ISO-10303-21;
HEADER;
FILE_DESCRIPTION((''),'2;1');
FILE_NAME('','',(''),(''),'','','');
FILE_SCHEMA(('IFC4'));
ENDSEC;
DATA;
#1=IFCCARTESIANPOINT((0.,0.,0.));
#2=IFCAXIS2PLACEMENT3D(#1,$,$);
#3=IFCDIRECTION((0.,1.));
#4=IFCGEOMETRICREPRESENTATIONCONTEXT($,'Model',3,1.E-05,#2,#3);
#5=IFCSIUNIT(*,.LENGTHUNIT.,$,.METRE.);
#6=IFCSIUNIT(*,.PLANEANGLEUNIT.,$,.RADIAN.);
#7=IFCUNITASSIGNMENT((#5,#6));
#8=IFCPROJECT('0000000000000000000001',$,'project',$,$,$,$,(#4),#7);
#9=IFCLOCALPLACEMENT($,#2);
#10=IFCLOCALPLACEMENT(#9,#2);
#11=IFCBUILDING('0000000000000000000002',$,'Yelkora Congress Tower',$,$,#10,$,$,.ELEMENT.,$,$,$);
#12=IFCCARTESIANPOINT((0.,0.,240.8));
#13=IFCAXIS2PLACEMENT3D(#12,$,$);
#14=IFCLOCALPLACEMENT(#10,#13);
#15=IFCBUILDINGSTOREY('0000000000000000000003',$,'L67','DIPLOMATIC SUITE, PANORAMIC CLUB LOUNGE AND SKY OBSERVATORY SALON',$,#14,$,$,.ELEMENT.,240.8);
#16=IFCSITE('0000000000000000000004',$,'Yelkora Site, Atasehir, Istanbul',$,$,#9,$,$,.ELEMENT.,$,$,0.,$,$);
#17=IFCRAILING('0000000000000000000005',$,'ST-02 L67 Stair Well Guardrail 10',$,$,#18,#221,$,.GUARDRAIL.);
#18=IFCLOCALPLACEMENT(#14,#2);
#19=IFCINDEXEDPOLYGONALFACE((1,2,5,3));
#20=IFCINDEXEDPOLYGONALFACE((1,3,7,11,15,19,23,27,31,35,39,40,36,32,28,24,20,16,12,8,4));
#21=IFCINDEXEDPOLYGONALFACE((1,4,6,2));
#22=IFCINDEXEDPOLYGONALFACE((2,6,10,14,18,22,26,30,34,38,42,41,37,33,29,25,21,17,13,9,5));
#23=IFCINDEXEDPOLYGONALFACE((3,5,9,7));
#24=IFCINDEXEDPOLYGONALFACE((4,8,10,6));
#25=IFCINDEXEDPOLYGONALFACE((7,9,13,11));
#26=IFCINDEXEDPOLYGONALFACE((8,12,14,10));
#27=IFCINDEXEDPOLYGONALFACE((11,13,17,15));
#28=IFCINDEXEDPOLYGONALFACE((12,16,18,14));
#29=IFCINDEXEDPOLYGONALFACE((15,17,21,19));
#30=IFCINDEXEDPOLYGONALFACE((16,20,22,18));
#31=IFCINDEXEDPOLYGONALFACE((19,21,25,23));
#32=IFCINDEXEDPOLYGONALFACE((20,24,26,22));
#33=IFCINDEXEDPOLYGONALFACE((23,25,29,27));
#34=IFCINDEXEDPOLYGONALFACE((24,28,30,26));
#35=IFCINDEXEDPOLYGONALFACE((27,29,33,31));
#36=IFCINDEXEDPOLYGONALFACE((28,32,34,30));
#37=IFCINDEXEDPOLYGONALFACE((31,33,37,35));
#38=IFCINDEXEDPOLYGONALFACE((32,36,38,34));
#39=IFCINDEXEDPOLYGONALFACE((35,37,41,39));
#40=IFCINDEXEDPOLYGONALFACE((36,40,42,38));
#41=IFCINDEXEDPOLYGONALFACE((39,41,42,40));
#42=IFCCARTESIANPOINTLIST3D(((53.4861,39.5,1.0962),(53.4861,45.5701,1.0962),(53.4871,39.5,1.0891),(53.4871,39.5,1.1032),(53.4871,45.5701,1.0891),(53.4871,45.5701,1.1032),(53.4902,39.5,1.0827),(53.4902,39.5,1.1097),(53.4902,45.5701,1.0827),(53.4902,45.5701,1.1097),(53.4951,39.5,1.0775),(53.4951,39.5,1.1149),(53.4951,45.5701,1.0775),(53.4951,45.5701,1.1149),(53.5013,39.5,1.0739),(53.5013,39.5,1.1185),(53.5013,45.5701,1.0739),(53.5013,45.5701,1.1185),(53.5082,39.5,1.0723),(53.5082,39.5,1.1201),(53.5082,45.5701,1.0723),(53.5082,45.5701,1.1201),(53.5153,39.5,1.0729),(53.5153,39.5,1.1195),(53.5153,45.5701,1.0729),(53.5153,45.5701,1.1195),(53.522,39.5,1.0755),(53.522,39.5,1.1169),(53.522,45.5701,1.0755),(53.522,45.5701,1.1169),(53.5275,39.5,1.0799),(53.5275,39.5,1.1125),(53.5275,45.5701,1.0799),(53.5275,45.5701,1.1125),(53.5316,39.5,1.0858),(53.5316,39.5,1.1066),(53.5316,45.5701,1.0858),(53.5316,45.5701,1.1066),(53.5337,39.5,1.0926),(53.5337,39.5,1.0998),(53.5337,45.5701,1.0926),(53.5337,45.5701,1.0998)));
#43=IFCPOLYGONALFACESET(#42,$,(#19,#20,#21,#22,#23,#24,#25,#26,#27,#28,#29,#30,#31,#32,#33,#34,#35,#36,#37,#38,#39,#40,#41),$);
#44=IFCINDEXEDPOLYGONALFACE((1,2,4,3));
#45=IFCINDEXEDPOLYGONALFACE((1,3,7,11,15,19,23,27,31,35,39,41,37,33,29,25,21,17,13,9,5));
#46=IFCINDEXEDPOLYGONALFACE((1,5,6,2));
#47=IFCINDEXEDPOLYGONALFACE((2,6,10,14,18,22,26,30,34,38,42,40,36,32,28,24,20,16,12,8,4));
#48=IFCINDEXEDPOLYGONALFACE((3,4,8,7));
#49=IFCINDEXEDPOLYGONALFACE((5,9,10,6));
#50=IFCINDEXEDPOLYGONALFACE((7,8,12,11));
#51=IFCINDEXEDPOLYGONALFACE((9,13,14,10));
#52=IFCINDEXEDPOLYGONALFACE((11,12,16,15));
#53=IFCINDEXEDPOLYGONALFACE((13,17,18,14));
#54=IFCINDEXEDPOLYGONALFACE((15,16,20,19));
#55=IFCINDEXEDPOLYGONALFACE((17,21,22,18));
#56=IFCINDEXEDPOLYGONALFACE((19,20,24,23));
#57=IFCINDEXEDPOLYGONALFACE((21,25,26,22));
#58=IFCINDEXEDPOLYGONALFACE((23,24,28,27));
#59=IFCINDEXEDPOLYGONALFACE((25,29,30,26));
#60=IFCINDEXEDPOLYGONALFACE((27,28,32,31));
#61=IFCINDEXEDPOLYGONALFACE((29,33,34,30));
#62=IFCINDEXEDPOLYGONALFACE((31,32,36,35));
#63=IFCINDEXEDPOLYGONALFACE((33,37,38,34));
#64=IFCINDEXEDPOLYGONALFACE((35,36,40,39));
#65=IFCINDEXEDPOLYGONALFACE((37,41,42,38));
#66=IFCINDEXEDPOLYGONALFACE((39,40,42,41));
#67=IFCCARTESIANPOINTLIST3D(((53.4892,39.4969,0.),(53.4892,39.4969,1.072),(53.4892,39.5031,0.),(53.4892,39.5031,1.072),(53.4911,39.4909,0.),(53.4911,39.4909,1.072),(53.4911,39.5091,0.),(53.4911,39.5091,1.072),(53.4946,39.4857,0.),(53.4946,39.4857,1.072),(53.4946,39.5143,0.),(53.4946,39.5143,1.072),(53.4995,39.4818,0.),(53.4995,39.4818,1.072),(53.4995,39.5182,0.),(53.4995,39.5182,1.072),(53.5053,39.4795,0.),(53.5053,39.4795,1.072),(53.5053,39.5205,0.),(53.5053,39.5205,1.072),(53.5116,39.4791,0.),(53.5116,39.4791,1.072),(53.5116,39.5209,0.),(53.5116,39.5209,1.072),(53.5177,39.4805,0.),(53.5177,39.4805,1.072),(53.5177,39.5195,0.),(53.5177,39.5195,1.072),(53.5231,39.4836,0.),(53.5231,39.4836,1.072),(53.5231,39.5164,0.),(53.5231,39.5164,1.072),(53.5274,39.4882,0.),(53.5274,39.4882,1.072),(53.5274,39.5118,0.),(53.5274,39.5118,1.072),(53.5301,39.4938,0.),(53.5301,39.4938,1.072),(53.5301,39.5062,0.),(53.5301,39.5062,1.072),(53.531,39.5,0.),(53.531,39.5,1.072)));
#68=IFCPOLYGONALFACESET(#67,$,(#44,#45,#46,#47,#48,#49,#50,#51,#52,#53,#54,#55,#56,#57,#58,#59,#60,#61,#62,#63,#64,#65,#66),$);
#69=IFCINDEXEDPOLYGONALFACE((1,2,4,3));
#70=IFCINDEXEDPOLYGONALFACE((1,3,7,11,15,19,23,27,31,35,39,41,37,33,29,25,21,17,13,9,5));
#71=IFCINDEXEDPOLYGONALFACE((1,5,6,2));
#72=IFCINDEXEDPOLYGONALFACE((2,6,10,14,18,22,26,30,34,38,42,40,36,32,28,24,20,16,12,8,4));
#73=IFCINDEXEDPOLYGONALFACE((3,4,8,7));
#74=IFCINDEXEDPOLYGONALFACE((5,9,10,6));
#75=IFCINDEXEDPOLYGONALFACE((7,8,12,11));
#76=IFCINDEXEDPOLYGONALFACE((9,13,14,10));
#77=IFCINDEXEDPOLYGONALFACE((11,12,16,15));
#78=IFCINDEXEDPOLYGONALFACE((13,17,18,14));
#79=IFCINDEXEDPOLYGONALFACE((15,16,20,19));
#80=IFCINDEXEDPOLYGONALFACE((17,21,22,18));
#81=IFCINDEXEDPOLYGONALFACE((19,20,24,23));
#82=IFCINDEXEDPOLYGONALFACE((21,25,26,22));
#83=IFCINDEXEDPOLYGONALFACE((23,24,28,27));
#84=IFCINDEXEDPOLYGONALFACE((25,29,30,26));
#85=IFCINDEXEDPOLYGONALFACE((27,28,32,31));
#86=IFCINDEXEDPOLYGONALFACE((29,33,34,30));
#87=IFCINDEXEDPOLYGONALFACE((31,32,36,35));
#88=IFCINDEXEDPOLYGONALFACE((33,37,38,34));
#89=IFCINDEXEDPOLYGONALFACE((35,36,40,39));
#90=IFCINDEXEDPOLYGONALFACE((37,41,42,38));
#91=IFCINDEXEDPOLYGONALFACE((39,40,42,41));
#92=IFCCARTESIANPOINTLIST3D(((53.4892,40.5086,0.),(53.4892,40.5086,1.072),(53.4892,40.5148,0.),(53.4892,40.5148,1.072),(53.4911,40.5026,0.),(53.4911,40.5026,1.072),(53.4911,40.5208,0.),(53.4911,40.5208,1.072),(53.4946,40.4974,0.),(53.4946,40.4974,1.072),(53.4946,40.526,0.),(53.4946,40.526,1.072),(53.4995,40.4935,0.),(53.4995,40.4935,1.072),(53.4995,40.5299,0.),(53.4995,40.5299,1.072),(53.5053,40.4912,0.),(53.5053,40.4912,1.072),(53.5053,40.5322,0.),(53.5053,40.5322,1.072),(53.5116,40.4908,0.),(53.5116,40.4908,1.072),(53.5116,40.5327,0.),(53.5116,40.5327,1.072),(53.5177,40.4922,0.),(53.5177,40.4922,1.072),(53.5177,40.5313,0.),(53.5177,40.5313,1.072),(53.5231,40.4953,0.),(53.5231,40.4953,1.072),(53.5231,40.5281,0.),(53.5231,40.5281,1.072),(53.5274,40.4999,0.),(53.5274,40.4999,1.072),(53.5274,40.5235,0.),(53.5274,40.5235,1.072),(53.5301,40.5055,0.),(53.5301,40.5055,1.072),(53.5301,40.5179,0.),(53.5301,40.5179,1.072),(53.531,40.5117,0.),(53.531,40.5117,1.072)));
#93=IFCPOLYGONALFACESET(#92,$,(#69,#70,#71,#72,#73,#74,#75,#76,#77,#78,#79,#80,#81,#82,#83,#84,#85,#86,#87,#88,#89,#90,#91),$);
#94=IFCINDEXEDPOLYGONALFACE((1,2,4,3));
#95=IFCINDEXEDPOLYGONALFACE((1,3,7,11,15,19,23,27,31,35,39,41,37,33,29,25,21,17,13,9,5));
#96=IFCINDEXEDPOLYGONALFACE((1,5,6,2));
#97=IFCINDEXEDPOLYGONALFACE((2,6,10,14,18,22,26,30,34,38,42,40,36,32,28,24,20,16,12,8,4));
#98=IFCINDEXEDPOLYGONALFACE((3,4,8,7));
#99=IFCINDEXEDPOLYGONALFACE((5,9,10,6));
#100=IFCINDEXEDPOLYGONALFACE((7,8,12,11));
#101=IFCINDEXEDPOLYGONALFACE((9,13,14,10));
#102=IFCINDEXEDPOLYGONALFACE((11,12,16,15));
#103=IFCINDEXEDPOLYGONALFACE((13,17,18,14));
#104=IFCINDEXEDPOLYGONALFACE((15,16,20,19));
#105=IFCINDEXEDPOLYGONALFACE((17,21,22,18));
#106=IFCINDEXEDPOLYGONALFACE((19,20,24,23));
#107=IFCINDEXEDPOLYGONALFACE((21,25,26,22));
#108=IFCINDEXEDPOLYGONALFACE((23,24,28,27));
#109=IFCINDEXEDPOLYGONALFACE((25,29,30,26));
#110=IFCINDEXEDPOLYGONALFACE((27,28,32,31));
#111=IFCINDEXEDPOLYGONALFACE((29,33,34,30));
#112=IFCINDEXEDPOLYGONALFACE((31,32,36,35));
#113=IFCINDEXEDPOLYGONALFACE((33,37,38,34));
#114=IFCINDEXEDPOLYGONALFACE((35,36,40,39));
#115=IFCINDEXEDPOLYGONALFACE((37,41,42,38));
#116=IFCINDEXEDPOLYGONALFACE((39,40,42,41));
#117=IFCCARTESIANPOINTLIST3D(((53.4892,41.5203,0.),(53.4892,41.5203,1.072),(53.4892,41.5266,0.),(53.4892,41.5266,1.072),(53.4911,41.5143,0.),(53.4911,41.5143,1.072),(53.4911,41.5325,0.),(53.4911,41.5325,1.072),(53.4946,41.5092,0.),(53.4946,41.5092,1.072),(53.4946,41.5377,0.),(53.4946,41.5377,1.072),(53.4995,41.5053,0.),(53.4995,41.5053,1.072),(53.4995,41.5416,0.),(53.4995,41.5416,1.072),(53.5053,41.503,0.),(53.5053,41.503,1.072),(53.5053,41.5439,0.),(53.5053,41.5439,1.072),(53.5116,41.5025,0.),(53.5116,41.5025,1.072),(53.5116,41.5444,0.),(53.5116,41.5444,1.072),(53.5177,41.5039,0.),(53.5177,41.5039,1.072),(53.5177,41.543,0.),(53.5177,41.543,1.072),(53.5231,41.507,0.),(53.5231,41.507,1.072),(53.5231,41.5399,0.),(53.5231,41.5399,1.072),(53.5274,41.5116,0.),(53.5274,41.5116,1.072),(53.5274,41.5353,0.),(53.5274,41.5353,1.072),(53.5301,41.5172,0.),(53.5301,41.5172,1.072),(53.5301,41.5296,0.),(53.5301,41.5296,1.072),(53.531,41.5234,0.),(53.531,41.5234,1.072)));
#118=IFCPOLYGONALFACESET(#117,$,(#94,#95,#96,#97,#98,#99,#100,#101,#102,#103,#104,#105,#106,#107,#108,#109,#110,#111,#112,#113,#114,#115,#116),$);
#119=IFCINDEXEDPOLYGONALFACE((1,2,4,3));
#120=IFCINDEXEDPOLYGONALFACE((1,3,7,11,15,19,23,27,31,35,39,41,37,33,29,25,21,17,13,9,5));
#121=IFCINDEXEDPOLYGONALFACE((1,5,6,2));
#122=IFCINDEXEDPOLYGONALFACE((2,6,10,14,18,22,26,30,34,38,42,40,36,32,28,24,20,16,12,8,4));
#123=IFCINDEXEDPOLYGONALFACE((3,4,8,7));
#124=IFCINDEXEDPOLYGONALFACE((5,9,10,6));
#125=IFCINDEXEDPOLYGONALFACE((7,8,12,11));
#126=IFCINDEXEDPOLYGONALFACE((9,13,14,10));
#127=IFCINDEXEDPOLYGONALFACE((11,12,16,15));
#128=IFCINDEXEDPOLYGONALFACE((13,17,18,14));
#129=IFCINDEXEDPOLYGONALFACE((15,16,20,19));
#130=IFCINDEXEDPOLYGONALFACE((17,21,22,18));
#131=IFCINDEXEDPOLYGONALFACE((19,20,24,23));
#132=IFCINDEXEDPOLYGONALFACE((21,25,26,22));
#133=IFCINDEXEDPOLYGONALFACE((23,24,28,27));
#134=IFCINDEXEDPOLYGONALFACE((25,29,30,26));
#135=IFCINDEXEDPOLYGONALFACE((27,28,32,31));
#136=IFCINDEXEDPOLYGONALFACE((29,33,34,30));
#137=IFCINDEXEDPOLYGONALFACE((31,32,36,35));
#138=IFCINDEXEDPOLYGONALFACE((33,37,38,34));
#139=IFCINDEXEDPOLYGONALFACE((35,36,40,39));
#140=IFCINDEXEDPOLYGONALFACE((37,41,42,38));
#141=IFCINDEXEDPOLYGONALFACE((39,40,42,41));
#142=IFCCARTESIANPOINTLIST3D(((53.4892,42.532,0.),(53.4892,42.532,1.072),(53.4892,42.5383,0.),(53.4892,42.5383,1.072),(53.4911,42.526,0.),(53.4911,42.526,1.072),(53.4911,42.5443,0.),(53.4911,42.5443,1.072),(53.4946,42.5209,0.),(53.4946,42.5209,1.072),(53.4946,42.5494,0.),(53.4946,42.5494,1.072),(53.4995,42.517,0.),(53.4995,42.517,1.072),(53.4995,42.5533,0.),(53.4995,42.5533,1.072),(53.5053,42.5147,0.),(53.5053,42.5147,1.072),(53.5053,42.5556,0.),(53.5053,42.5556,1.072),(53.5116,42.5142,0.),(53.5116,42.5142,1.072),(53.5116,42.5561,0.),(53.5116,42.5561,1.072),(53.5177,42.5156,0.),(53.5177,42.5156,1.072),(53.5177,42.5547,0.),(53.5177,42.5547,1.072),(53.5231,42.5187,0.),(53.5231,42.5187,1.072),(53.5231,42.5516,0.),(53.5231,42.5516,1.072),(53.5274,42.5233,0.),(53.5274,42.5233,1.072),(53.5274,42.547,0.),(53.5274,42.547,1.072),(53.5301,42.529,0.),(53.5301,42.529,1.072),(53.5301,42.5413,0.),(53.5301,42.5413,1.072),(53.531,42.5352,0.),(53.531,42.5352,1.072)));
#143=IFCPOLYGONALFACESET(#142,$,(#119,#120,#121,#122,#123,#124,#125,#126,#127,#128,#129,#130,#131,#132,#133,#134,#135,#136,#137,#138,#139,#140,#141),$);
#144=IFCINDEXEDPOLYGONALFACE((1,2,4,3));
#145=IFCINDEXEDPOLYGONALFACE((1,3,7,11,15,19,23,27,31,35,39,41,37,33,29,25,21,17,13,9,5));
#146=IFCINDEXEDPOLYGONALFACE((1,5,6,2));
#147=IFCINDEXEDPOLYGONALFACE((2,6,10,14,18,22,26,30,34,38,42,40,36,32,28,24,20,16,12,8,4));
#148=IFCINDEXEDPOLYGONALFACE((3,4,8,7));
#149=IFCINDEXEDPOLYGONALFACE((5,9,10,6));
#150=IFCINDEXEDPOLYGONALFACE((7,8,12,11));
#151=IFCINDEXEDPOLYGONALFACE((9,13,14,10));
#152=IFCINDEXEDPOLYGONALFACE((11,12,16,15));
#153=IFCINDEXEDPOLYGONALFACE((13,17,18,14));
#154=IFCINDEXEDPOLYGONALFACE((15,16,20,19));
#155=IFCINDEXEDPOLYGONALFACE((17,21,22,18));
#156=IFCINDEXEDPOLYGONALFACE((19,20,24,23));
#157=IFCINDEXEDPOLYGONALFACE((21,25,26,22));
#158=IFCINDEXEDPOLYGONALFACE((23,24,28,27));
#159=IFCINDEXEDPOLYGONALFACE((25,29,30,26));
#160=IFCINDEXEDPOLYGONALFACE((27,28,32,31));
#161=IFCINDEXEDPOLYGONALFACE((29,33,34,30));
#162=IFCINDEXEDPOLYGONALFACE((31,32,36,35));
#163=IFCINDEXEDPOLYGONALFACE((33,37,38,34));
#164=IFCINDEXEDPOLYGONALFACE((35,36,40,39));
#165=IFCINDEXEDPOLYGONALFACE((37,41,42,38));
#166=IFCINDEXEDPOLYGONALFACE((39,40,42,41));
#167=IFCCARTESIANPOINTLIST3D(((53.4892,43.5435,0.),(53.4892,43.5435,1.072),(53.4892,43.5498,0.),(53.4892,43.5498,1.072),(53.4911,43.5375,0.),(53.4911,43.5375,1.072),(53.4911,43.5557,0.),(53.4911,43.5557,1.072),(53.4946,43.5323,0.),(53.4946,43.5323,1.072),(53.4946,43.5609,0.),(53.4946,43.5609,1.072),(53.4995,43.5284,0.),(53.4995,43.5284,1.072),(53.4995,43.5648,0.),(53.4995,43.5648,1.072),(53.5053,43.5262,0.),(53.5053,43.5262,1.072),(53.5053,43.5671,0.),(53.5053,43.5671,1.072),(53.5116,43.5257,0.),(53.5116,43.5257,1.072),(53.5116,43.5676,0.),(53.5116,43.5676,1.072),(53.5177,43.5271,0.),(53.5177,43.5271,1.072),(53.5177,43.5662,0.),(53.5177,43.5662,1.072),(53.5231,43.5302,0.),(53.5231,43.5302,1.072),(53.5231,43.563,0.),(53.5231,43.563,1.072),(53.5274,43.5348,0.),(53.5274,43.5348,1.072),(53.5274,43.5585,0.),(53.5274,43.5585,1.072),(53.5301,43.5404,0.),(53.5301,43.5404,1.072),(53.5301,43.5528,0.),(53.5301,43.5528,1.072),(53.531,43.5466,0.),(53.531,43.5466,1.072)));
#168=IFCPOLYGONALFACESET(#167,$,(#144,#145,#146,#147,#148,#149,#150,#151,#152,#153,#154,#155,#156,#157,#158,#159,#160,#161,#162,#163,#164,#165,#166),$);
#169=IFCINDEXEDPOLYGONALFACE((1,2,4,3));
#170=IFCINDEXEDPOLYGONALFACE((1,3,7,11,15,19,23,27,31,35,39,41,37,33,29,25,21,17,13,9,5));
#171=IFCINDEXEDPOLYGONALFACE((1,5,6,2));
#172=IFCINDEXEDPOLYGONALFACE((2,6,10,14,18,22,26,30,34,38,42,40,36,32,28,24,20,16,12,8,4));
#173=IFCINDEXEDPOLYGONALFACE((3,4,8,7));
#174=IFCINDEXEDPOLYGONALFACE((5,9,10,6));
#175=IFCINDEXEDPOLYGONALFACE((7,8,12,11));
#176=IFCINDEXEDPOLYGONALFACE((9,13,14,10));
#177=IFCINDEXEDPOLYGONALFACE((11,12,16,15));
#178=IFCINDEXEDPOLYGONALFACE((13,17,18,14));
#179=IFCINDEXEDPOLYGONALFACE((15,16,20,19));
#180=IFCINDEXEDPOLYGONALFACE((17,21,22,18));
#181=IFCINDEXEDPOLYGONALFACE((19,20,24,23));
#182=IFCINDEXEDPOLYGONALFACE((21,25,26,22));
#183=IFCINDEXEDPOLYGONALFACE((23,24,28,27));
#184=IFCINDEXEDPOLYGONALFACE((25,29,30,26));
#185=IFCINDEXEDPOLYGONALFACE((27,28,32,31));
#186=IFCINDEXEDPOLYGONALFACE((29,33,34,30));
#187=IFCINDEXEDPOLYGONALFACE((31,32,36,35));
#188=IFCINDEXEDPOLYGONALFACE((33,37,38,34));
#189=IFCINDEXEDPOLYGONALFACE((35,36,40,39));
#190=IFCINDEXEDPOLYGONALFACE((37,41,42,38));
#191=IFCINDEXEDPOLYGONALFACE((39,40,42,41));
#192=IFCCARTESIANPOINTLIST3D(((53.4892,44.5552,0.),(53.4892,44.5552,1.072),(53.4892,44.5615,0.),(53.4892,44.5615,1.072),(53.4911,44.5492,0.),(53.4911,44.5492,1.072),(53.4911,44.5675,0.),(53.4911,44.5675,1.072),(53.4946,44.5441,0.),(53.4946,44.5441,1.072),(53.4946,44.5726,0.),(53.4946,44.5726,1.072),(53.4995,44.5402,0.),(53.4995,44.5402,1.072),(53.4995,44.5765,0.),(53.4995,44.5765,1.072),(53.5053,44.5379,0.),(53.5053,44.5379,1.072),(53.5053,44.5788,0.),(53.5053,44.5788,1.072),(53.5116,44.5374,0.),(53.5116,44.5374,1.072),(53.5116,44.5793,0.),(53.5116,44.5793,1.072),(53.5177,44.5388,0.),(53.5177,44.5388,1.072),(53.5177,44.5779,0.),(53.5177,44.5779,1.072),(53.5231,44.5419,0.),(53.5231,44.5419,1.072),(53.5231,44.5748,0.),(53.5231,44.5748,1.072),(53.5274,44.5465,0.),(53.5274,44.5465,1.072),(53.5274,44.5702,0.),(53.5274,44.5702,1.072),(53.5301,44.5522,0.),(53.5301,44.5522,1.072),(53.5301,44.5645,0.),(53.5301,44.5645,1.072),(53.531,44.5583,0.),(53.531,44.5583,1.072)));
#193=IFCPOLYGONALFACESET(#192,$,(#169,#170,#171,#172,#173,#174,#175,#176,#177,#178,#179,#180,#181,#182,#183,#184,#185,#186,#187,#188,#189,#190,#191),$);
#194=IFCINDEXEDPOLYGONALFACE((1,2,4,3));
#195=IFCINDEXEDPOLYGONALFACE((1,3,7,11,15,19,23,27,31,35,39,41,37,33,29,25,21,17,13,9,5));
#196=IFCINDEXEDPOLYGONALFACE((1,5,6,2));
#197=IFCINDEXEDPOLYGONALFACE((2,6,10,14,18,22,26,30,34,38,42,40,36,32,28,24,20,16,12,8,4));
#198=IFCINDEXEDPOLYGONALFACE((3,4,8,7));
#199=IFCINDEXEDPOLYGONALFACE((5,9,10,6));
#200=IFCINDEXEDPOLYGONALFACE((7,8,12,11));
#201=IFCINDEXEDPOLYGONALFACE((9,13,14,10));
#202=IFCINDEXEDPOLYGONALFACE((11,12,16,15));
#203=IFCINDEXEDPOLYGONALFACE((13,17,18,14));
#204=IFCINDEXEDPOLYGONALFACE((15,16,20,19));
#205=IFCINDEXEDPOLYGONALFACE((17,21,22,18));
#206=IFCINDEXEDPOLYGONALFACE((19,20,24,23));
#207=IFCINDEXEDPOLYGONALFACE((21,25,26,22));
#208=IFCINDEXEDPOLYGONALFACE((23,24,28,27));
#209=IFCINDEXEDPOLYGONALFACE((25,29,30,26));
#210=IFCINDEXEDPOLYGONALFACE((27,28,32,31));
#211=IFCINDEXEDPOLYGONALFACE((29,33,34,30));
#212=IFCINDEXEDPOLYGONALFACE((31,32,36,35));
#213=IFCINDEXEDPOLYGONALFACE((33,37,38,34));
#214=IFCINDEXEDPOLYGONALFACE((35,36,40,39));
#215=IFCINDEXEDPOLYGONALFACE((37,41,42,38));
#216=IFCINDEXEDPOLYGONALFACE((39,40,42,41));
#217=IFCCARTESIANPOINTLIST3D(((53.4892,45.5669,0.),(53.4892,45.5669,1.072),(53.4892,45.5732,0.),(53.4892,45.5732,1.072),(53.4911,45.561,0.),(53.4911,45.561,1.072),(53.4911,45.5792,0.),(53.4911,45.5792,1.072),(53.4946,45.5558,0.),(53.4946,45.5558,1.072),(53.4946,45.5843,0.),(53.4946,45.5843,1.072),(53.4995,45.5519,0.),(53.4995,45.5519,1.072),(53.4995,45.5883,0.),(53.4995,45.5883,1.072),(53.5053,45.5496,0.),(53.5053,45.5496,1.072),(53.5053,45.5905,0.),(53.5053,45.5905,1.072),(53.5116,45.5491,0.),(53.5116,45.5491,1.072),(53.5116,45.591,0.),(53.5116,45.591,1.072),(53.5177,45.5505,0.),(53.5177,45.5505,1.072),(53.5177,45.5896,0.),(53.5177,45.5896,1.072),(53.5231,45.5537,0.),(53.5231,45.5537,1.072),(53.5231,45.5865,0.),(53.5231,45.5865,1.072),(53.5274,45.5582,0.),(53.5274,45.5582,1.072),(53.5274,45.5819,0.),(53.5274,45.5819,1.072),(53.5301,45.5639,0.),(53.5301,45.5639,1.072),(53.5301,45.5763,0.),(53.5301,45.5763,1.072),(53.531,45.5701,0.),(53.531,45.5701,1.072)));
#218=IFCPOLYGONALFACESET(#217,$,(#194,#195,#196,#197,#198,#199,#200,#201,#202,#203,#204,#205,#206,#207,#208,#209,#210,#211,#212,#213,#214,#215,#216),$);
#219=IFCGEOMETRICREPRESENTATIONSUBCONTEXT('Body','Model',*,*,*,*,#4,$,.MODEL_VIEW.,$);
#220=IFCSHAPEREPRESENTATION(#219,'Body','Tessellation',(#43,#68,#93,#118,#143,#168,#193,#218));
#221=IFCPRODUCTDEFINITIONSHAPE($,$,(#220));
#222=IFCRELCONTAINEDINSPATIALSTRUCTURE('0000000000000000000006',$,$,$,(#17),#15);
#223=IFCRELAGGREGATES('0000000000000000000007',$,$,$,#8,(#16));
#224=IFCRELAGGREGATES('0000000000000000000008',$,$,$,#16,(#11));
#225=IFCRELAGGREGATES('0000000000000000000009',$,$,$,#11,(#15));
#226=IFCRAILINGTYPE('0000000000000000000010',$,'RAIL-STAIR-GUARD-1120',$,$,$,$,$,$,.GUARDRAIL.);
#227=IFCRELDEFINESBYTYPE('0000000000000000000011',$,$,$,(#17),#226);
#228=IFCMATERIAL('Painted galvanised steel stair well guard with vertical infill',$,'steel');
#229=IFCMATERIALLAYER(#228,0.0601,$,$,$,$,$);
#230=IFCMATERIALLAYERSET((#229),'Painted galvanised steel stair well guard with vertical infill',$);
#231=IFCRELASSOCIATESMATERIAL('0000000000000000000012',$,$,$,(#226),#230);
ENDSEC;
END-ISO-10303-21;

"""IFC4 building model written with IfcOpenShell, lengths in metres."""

from ifc_helpers import new_model, si_unit, direction, frame, origin, origin_2d, place, context, subcontext, project, spatial, circle, extrude, material, layer, layer_set, type_object, element, save


model = new_model("IFC4")

# Units and contexts
model_context = context("Model", 3, precision=1e-05, world=origin(), true_north=direction((0.0, 1.0)))
body_context = subcontext(model_context, "Body", "Model", "MODEL_VIEW")
ifc_project = project(units=[si_unit("LENGTHUNIT", "METRE"), si_unit("PLANEANGLEUNIT", "RADIAN")], contexts=[model_context])

# Site, building, storey
site_placement = place(None, origin())
site = spatial("IfcSite", under=ifc_project, at=site_placement, Name="Yelkora Site, Atasehir, Istanbul", CompositionType="ELEMENT", RefElevation=0.0)
building_placement = place(site_placement, origin())
building = spatial("IfcBuilding", under=site, at=building_placement, Name="Yelkora Congress Tower", CompositionType="ELEMENT")
storey_placement = place(building_placement, frame((0.0, 0.0, 240.8)))
storey = spatial("IfcBuildingStorey", under=building, at=storey_placement, Name="L67", Description="DIPLOMATIC SUITE, PANORAMIC CLUB LOUNGE AND SKY OBSERVATORY SALON", CompositionType="ELEMENT", Elevation=240.8)

# Railing
ifc_material_1 = material(Name="Painted galvanised steel stair well guard with vertical infill", Category="steel")
ifc_layer_1 = layer(ifc_material_1, 0.0601)
ifc_layer_set_1 = layer_set([ifc_layer_1], Name="Painted galvanised steel stair well guard with vertical infill")
railing_type_1 = type_object("IfcRailingType", Name="RAIL-STAIR-GUARD-1120", PredefinedType="GUARDRAIL", material=ifc_layer_set_1)
railing_1_placement = place(storey_placement, frame((53.51, 39.5, 0.0)))
element("IfcRailing", 1, at=railing_1_placement, inside=storey, type_object=railing_type_1, Name="ST-02 L67 Stair Well Guardrail 10", PredefinedType="GUARDRAIL", context=body_context, shape_type="SweptSolid", body=[
    extrude(circle(Radius=0.0239, at=origin_2d()), frame((0.0, 0.0, 1.0962), z_axis=(0.0, 1.0, 0.0), x_axis=(-1.0, 0.0, 0.0)), (0.0, 0.0, 1.0), 6.0701),
    extrude(circle(Radius=0.021, at=origin_2d()), origin(), (0.0, 0.0, 1.0), 1.072),
    extrude(circle(Radius=0.021, at=origin_2d()), frame((0.0, 1.0117, 0.0)), (0.0, 0.0, 1.0), 1.072),
    extrude(circle(Radius=0.021, at=origin_2d()), frame((0.0, 2.0234, 0.0)), (0.0, 0.0, 1.0), 1.072),
    extrude(circle(Radius=0.021, at=origin_2d()), frame((0.0, 3.0352, 0.0)), (0.0, 0.0, 1.0), 1.072),
    extrude(circle(Radius=0.021, at=origin_2d()), frame((0.0, 4.0466, 0.0)), (0.0, 0.0, 1.0), 1.072),
    extrude(circle(Radius=0.021, at=origin_2d()), frame((0.0, 5.0583, 0.0)), (0.0, 0.0, 1.0), 1.072),
    extrude(circle(Radius=0.021, at=origin_2d()), frame((0.0, 6.0701, 0.0)), (0.0, 0.0, 1.0), 1.072),
])

save(model, "model.ifc")
